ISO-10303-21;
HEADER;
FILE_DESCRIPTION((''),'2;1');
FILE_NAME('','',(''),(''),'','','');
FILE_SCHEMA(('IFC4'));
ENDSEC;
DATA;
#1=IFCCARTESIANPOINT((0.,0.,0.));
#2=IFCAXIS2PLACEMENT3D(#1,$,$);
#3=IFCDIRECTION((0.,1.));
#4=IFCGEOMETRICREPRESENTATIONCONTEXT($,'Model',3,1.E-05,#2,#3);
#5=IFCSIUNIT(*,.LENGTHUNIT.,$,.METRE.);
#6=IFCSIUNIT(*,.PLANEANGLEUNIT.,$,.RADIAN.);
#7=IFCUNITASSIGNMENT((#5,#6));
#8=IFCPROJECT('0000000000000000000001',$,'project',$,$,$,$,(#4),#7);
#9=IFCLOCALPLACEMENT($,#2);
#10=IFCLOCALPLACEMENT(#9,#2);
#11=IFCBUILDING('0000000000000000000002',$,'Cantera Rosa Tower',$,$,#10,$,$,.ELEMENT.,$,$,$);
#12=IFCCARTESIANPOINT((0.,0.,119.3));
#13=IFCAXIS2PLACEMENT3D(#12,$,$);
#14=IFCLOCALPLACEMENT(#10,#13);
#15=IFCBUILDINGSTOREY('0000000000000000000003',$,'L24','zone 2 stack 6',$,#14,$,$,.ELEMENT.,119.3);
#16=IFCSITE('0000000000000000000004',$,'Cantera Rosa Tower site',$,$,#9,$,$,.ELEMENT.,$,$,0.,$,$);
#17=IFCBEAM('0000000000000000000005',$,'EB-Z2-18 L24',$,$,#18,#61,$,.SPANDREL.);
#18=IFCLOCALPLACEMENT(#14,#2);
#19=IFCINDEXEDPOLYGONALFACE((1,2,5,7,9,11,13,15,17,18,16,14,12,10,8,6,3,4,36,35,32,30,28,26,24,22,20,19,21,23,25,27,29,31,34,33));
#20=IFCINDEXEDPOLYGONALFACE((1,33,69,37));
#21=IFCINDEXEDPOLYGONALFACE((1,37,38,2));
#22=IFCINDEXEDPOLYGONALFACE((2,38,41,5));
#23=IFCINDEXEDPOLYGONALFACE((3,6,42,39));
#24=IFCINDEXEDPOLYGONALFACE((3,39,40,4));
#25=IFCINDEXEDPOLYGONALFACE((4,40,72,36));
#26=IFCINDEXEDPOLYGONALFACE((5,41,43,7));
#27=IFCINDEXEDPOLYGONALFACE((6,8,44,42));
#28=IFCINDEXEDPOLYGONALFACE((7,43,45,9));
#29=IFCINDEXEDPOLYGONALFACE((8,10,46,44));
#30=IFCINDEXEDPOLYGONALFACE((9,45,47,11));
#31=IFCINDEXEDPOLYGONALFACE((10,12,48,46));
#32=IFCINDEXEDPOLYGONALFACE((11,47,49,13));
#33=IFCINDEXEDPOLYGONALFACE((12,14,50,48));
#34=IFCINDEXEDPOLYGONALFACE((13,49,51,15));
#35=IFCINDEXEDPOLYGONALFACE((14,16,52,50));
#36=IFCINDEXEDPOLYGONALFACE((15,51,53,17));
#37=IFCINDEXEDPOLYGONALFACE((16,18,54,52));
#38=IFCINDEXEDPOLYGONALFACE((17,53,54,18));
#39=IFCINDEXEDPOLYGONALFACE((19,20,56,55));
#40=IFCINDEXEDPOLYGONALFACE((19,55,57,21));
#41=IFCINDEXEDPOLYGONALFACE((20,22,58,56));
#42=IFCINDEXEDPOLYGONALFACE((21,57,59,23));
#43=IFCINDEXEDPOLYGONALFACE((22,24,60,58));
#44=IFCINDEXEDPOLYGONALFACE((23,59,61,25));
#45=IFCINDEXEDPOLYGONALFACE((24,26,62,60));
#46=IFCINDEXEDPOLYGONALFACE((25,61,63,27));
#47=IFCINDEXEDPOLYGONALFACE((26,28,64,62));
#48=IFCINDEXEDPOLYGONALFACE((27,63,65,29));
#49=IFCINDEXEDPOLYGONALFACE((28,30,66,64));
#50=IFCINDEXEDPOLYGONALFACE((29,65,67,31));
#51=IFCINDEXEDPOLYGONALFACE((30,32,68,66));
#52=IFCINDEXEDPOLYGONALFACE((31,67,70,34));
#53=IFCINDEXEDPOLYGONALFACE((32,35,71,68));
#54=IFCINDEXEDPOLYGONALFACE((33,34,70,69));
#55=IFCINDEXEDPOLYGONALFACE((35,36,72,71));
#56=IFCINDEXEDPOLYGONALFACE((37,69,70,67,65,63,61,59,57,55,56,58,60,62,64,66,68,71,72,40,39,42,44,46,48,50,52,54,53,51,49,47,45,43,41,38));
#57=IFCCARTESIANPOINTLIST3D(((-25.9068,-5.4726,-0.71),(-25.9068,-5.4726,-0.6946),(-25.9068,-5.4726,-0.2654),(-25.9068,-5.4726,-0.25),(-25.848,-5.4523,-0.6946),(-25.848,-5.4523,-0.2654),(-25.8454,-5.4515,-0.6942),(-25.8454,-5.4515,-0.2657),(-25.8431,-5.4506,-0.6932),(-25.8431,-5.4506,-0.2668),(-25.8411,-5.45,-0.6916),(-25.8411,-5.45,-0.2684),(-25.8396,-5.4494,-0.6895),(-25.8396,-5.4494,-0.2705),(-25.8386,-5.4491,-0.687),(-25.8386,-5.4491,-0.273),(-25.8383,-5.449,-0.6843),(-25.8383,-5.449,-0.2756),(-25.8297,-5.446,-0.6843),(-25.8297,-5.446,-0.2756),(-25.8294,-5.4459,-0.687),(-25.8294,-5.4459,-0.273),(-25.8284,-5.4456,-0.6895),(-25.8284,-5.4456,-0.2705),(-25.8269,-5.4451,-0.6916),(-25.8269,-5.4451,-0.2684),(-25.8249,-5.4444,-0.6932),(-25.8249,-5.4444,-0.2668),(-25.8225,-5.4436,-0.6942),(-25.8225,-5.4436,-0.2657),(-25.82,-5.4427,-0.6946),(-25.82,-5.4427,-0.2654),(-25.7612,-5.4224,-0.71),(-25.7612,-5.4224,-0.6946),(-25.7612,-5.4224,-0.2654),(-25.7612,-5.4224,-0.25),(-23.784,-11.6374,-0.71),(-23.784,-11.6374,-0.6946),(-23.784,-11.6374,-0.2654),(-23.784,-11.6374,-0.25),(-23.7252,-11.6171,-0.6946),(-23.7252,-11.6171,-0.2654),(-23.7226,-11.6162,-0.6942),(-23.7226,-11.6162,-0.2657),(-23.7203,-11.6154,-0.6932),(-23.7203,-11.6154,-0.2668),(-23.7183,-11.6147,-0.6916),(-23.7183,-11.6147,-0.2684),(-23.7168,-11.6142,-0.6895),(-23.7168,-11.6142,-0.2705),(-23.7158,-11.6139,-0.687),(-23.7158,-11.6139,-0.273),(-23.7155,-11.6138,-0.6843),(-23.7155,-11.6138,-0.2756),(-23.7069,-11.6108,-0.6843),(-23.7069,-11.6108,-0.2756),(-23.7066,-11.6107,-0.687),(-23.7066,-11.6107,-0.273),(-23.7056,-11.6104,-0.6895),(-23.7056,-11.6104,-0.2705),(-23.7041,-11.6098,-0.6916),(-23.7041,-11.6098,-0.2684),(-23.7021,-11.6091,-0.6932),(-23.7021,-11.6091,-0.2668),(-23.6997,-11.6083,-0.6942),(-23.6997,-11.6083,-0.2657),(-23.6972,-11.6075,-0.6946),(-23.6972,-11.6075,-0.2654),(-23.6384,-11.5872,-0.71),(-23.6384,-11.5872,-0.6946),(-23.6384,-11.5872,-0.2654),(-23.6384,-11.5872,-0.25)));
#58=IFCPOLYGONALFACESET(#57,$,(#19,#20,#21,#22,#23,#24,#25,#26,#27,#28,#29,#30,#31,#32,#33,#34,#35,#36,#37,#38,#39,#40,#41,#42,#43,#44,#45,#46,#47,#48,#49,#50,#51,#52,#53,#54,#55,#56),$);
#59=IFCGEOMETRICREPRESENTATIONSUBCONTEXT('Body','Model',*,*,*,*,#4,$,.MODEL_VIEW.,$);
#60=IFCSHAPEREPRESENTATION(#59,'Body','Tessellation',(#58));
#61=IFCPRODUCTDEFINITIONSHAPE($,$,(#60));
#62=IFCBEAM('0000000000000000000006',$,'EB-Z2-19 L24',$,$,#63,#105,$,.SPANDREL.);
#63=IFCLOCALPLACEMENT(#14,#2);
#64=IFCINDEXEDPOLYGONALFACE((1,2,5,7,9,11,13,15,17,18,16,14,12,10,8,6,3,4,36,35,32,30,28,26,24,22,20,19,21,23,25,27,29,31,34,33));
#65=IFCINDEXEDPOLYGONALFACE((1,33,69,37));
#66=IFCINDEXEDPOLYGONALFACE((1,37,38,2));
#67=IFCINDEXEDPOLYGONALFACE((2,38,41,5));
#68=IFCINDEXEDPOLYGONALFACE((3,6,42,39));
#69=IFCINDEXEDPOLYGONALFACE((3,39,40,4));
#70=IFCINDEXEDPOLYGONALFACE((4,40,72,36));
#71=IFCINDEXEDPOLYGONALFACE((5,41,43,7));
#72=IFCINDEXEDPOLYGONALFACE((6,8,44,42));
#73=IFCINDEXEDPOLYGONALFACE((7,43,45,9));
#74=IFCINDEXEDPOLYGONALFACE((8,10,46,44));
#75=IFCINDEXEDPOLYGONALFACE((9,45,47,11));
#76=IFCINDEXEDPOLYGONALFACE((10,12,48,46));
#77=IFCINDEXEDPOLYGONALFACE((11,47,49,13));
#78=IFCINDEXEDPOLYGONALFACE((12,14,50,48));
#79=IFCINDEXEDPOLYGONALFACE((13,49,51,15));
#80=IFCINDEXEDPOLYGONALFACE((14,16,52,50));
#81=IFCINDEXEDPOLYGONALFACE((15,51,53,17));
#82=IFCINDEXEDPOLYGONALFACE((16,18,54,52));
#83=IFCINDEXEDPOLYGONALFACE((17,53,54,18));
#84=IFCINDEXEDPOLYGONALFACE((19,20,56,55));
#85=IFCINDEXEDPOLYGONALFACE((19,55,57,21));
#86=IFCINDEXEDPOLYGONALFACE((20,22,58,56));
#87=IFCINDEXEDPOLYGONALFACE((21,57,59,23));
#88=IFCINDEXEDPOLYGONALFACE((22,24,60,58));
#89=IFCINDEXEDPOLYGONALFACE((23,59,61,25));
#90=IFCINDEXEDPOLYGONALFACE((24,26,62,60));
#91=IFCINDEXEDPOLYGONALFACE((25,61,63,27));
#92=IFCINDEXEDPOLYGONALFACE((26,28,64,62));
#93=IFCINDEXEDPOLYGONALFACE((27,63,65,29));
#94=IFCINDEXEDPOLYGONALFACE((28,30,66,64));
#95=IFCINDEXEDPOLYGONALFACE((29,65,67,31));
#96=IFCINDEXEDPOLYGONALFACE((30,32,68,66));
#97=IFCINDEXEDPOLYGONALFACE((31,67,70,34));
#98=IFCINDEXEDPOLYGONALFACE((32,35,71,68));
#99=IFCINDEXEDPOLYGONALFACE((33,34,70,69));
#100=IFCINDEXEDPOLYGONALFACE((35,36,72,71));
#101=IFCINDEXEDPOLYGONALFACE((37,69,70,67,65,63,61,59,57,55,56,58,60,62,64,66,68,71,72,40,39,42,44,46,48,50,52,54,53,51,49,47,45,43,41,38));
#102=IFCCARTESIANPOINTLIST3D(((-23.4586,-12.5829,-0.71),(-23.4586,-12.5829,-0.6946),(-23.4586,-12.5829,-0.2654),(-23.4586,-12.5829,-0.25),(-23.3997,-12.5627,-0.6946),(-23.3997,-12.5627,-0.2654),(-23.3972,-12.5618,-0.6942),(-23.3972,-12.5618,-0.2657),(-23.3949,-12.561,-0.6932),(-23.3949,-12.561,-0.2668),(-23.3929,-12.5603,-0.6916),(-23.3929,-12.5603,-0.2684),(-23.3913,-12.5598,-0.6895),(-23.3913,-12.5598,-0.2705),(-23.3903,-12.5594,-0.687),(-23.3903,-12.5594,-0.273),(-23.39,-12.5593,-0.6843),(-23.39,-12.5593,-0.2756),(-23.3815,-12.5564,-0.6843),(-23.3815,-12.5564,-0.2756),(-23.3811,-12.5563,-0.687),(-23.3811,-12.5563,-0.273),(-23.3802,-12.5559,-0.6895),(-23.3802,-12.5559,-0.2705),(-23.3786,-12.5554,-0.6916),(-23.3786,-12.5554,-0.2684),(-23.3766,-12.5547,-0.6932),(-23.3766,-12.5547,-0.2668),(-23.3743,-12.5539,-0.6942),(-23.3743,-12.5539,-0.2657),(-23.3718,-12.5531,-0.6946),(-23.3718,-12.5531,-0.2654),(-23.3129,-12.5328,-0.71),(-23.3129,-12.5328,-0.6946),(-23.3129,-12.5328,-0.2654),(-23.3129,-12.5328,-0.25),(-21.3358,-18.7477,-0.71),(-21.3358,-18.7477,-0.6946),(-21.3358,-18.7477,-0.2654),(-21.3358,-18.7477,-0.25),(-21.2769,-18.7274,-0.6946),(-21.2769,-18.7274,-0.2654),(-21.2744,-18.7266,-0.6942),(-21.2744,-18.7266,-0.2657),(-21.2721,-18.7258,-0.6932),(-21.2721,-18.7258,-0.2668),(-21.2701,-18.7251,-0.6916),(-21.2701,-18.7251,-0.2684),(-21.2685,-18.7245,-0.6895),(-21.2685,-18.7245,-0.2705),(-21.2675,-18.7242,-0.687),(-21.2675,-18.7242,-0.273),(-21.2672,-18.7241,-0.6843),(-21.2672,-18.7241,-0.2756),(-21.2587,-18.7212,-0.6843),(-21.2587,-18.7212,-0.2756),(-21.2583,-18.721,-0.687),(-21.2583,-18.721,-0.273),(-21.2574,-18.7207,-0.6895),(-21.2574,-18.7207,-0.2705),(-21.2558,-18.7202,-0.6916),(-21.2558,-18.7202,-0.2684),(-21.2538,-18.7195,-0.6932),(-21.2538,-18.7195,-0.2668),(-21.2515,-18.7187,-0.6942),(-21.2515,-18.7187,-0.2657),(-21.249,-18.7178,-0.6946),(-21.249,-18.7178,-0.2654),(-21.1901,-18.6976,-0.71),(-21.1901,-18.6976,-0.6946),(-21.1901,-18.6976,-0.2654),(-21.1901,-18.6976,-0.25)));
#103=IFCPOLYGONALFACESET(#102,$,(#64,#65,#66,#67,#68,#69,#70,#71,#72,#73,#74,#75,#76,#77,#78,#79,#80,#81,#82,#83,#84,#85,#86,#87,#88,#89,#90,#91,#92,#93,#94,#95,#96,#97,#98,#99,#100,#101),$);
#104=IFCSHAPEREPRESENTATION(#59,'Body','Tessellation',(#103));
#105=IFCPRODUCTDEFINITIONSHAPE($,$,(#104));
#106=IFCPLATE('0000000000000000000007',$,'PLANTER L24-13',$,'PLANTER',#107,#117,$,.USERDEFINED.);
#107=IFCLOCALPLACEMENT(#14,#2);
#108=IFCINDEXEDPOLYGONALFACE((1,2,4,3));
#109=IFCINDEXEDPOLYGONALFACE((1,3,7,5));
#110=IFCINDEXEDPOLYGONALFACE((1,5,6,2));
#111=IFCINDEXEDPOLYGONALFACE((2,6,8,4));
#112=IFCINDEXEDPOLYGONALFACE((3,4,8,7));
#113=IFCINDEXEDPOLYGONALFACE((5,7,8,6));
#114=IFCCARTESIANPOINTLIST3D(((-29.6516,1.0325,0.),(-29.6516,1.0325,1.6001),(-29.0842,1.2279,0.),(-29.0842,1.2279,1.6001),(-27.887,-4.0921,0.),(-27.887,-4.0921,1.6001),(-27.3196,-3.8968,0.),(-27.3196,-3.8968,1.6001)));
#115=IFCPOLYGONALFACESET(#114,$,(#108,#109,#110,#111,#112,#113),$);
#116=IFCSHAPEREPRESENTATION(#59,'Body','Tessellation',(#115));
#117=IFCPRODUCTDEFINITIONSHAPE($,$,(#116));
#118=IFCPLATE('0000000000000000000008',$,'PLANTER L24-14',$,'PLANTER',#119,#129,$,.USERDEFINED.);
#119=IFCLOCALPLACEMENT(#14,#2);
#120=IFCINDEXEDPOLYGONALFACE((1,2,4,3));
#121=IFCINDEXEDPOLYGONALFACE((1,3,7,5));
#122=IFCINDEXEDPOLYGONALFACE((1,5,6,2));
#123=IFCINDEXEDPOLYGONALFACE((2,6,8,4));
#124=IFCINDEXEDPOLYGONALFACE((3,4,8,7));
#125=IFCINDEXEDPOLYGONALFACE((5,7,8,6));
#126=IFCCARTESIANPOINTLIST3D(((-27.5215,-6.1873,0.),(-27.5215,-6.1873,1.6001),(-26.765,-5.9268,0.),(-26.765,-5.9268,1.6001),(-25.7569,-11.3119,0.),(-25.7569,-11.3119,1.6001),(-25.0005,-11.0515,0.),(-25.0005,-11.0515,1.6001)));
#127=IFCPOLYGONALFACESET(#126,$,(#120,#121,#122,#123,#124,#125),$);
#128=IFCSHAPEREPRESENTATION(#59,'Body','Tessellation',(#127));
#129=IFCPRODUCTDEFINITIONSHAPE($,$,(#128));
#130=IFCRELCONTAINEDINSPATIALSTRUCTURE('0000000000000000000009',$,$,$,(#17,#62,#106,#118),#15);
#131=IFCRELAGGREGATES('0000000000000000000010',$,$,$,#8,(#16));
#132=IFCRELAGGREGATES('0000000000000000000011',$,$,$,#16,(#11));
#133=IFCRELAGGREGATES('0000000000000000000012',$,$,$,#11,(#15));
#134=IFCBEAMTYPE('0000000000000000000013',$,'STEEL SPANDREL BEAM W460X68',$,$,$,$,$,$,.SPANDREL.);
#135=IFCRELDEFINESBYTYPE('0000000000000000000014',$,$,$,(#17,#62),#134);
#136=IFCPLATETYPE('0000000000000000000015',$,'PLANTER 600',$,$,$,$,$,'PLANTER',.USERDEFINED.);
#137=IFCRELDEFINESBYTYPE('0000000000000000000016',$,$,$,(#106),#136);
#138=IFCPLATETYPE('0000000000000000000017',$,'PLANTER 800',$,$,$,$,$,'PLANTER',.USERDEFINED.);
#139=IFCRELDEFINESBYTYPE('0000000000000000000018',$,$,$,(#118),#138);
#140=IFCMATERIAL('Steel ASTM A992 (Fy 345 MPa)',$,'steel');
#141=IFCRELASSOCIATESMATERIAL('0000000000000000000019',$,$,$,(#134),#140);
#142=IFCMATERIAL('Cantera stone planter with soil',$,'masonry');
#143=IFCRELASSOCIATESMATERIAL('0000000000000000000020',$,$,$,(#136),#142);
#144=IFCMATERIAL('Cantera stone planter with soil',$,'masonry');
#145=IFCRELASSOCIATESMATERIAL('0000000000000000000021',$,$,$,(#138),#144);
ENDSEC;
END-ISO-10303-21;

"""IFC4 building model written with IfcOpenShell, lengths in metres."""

from ifc_helpers import new_model, si_unit, direction, frame, origin, origin_2d, place, context, subcontext, project, spatial, rectangle, i_section, extrude, material, material_profile, profile_set, type_object, element, save


model = new_model("IFC4")

# Units and contexts
model_context = context("Model", 3, precision=1e-05, world=origin(), true_north=direction((0.0, 1.0)))
body_context = subcontext(model_context, "Body", "Model", "MODEL_VIEW")
ifc_project = project(units=[si_unit("LENGTHUNIT", "METRE"), si_unit("PLANEANGLEUNIT", "RADIAN")], contexts=[model_context])

# Site, building, storey
site_placement = place(None, origin())
site = spatial("IfcSite", under=ifc_project, at=site_placement, Name="Cantera Rosa Tower site", CompositionType="ELEMENT", RefElevation=0.0)
building_placement = place(site_placement, origin())
building = spatial("IfcBuilding", under=site, at=building_placement, Name="Cantera Rosa Tower", CompositionType="ELEMENT")
storey_placement = place(building_placement, frame((0.0, 0.0, 119.3)))
storey = spatial("IfcBuildingStorey", under=building, at=storey_placement, Name="L24", Description="zone 2 stack 6", CompositionType="ELEMENT", Elevation=119.3)

# Beams
ifc_material_1 = material(Name="Steel ASTM A992 (Fy 345 MPa)", Category="steel")
ifc_material_profile_1 = material_profile(ifc_material_1, i_section(OverallWidth=0.1541, OverallDepth=0.46, WebThickness=0.009, FlangeThickness=0.0154, FilletRadius=0.0103, at=origin_2d()), Name="W460X68")
ifc_profile_set_1 = profile_set([ifc_material_profile_1], Name="Steel ASTM A992 (Fy 345 MPa)")
beam_type_1 = type_object("IfcBeamType", Name="STEEL SPANDREL BEAM W460X68", PredefinedType="SPANDREL", material=ifc_profile_set_1)
for number, where, z_axis, x_axis, name in (
    (1, (-25.834, -5.4475, -0.48), (0.325581, -0.945514, 0.0), (0.945514, 0.325581, 0.0), "EB-Z2-18 L24"),
    (2, (-23.3857, -12.5579, -0.48), (0.325581, -0.945514, 0.0), (0.945514, 0.325581, 0.0), "EB-Z2-19 L24"),
):
    element("IfcBeam", number, at=place(storey_placement, frame(where, z_axis=z_axis, x_axis=x_axis)), inside=storey, type_object=beam_type_1, Name=name, PredefinedType="SPANDREL", context=body_context, shape_type="SweptSolid", body=[
        extrude(i_section(OverallWidth=0.1541, OverallDepth=0.46, WebThickness=0.009, FlangeThickness=0.0154, FilletRadius=0.0103, at=origin_2d()), origin(), (0.0, 0.0, 1.0), 6.52),
    ])

# Plates
ifc_material_2 = material(Name="Cantera stone planter with soil", Category="masonry")
plate_type_1 = type_object("IfcPlateType", Name="PLANTER 600", ElementType="PLANTER", PredefinedType="USERDEFINED", material=ifc_material_2)
plate_1_placement = place(storey_placement, frame((-28.4856, -1.4321, 0.0), z_axis=(0.0, 0.0, 1.0), x_axis=(0.325568, -0.945519, 0.0)))
element("IfcPlate", 3, at=plate_1_placement, inside=storey, type_object=plate_type_1, Name="PLANTER L24-13", ObjectType="PLANTER", PredefinedType="USERDEFINED", context=body_context, shape_type="SweptSolid", body=[
    extrude(rectangle(XDim=5.4199, YDim=0.6001, at=origin_2d()), origin(), (0.0, 0.0, 1.0), 1.6001),
])
ifc_material_3 = material(Name="Cantera stone planter with soil", Category="masonry")
plate_type_2 = type_object("IfcPlateType", Name="PLANTER 800", ElementType="PLANTER", PredefinedType="USERDEFINED", material=ifc_material_3)
plate_2_placement = place(storey_placement, frame((-26.261, -8.6194, 0.0), z_axis=(0.0, 0.0, 1.0), x_axis=(0.325568, -0.945519, 0.0)))
element("IfcPlate", 4, at=plate_2_placement, inside=storey, type_object=plate_type_2, Name="PLANTER L24-14", ObjectType="PLANTER", PredefinedType="USERDEFINED", context=body_context, shape_type="SweptSolid", body=[
    extrude(rectangle(XDim=5.4199, YDim=0.8, at=origin_2d()), origin(), (0.0, 0.0, 1.0), 1.6001),
])

save(model, "model.ifc")
